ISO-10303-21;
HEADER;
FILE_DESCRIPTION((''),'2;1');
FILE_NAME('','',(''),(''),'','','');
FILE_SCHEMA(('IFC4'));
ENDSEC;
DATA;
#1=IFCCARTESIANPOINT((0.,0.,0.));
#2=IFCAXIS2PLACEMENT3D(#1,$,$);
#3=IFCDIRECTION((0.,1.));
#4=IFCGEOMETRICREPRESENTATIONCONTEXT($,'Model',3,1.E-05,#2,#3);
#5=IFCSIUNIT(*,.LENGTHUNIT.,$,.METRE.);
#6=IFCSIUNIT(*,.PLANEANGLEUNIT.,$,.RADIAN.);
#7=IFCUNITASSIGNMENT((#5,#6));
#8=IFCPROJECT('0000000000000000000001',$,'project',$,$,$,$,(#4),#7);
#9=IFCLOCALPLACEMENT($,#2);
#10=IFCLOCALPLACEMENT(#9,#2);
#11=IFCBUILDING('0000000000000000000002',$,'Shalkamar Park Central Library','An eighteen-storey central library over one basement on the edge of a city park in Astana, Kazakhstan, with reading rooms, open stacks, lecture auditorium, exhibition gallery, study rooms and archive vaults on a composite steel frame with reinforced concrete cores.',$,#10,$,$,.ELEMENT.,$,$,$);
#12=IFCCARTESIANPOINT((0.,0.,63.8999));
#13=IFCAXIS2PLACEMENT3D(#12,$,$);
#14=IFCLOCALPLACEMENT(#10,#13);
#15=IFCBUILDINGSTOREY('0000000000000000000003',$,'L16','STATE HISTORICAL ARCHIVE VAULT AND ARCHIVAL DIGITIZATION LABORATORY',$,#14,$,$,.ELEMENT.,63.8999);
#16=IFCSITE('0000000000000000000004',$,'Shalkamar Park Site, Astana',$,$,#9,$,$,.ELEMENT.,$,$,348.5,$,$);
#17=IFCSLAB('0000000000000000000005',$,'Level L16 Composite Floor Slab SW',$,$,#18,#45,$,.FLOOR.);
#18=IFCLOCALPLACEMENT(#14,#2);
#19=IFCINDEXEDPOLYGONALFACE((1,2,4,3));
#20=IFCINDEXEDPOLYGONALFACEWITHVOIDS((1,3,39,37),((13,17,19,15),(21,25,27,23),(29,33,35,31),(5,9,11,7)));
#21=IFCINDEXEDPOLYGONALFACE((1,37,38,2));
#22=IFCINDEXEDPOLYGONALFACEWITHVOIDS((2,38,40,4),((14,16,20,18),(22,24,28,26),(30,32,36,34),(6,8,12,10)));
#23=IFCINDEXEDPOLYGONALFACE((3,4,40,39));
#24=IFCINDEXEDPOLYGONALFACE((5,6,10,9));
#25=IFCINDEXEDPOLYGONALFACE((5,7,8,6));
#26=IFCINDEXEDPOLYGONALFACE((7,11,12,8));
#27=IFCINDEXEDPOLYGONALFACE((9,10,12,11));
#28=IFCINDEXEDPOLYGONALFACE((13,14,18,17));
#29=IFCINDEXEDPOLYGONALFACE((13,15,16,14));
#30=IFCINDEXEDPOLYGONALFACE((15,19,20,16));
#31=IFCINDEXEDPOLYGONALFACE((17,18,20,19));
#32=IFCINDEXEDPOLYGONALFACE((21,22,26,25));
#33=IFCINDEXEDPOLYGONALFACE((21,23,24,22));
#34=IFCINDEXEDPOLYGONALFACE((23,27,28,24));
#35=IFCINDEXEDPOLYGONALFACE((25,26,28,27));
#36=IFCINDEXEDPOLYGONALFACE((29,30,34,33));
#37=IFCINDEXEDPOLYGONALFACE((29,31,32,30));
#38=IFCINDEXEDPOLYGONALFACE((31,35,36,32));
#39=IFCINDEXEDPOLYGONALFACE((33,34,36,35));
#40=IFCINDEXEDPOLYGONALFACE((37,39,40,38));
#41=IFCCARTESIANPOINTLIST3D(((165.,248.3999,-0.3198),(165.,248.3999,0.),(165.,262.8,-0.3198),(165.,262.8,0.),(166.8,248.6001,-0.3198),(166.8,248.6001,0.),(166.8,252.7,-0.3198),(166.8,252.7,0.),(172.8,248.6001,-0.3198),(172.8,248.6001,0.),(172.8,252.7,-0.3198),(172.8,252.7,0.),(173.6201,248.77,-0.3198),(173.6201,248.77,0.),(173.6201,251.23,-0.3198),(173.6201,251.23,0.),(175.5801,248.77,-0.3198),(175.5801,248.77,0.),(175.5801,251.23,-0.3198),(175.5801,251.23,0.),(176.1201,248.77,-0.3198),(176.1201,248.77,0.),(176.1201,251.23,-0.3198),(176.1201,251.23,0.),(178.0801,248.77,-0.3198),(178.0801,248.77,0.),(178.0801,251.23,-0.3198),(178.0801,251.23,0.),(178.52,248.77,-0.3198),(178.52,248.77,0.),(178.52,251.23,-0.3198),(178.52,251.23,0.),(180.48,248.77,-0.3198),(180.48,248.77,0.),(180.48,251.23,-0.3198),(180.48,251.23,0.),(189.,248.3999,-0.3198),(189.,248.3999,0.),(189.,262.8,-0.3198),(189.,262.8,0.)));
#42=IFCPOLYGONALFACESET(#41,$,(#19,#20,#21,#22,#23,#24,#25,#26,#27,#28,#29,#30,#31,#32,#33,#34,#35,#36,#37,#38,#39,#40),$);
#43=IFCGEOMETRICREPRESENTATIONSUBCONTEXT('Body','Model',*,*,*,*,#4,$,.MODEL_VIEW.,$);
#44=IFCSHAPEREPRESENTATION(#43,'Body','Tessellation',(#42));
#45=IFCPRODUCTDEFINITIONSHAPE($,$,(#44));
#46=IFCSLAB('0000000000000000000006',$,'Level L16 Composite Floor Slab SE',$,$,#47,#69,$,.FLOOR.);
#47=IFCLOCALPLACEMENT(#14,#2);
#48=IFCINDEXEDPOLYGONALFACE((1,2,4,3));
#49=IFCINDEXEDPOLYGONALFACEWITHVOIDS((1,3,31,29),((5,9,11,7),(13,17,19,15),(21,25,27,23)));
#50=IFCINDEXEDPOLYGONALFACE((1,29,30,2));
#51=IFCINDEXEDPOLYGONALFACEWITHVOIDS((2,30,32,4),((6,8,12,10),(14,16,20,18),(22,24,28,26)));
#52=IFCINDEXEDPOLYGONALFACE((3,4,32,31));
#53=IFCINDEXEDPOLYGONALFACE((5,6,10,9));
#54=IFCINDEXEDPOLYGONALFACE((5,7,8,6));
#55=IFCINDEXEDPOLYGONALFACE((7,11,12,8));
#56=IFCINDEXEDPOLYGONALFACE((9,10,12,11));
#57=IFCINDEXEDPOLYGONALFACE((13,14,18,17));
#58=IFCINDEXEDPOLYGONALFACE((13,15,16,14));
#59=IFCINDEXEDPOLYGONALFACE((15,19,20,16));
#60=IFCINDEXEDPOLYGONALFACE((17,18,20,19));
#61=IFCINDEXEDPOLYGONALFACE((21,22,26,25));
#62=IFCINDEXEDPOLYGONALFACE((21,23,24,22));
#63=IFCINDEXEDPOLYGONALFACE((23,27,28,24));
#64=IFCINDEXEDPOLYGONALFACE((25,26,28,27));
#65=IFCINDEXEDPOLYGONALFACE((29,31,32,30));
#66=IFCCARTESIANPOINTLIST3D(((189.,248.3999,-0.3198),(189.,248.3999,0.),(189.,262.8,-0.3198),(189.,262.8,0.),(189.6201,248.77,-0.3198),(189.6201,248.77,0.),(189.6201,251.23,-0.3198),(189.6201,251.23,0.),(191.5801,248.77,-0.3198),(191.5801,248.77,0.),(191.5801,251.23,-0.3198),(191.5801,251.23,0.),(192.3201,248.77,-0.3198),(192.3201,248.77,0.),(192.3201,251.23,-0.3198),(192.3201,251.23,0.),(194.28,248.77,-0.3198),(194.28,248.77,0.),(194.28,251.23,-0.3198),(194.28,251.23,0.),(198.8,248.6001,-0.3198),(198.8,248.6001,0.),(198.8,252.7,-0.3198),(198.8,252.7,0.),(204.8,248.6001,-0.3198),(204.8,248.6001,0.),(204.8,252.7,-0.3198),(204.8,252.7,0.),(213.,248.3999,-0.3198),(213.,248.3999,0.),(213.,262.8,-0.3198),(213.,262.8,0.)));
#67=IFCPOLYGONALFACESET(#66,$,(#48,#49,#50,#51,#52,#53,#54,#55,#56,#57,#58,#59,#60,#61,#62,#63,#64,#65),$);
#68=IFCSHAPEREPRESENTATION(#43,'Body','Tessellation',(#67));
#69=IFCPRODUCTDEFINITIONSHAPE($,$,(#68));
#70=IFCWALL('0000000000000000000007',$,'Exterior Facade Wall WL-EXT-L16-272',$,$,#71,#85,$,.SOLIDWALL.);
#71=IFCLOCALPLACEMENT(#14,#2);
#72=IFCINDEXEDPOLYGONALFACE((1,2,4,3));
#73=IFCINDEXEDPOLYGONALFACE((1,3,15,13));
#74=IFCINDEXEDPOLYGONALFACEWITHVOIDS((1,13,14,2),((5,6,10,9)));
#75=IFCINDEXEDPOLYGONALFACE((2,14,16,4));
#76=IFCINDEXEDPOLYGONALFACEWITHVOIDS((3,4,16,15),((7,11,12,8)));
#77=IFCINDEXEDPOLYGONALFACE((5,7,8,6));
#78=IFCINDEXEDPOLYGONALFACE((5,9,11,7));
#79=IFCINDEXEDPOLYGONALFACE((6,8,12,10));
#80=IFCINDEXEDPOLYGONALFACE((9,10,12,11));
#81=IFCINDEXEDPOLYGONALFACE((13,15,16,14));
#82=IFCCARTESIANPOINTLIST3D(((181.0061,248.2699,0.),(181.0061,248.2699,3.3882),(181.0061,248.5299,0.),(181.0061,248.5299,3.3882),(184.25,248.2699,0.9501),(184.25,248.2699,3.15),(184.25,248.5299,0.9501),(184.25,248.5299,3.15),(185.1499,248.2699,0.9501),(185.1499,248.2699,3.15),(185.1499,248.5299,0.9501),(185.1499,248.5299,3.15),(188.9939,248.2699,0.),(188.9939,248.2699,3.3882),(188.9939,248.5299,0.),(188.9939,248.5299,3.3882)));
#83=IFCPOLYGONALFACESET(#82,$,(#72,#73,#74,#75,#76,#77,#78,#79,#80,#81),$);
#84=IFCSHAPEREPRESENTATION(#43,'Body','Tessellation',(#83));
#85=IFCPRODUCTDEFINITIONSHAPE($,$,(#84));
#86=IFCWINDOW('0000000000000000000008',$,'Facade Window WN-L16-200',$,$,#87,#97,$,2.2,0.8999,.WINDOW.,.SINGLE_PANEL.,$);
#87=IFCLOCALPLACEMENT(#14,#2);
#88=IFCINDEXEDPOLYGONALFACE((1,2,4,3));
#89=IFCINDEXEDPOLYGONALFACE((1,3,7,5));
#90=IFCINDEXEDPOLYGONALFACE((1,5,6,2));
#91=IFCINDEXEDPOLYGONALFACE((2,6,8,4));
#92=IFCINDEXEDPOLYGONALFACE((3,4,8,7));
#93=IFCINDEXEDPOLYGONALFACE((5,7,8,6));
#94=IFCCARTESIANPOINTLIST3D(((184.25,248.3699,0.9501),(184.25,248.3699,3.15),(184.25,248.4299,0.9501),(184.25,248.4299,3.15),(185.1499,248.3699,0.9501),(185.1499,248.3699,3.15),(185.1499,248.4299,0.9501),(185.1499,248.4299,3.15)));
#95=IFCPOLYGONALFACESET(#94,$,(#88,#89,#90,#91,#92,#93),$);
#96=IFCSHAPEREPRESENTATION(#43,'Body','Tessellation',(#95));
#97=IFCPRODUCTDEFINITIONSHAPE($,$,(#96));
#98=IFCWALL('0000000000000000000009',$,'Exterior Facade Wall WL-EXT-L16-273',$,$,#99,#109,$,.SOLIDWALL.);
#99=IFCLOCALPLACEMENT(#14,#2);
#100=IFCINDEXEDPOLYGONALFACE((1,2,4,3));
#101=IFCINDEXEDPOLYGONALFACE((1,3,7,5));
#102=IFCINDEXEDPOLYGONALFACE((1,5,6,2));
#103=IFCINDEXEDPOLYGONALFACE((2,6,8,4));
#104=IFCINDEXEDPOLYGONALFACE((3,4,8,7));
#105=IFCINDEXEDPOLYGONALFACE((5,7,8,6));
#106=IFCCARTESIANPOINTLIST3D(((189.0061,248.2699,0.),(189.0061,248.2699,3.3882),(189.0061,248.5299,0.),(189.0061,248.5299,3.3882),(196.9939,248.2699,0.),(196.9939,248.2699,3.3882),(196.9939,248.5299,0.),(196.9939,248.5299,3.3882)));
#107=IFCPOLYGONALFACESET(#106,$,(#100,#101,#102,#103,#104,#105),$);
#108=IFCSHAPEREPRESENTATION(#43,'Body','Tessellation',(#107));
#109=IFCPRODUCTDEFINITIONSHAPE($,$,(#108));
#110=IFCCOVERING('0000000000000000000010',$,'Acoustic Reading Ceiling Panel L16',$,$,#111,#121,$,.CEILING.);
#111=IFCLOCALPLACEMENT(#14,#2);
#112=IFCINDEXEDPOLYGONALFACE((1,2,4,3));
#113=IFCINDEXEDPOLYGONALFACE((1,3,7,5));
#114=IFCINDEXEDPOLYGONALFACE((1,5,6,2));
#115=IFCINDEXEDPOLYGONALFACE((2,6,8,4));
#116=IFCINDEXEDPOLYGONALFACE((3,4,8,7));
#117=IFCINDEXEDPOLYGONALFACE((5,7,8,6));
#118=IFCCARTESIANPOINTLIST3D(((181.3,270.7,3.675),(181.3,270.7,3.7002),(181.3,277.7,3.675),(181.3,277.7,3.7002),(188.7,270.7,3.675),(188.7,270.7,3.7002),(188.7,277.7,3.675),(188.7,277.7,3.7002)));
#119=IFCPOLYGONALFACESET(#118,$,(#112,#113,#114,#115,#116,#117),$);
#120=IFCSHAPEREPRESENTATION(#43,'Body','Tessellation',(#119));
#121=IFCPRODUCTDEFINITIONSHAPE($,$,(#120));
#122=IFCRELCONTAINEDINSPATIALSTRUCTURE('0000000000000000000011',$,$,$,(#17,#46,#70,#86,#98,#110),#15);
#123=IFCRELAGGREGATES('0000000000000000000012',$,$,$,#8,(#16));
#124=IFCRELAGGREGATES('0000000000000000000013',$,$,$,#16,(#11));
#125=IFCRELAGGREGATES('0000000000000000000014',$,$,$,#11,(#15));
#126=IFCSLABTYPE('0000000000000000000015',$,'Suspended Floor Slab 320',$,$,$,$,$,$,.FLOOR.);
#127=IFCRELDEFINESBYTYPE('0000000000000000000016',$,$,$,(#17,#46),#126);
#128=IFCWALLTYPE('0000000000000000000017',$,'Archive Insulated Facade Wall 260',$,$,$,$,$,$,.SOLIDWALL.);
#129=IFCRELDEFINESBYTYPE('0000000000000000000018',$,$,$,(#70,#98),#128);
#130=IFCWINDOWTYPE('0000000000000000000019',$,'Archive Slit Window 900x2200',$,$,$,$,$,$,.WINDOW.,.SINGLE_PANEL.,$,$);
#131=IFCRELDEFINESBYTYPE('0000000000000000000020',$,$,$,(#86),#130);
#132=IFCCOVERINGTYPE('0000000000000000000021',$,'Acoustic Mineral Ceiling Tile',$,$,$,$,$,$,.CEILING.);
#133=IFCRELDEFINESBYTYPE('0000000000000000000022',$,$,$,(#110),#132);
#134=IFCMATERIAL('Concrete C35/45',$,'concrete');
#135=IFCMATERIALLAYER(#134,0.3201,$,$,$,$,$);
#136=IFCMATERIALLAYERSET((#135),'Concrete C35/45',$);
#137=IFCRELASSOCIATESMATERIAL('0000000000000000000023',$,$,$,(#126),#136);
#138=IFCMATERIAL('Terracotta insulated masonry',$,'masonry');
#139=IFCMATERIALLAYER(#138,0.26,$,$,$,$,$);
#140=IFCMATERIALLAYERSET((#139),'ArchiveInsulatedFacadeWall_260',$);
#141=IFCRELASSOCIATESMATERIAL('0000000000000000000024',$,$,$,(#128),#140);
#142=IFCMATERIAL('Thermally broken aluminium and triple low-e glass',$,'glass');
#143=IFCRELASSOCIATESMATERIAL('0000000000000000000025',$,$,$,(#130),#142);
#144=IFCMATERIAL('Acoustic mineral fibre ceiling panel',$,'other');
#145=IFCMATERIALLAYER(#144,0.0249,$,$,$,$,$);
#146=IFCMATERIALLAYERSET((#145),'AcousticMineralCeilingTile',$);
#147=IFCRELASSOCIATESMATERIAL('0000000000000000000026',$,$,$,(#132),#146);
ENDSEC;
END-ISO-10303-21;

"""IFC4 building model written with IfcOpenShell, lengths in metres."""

from ifc_helpers import new_model, si_unit, direction, frame, frame_2d, origin, place, context, subcontext, project, spatial, polyline, rectangle, outline, extrude, material, layer, layer_set, type_object, element, fill, save


model = new_model("IFC4")

# Units and contexts
model_context = context("Model", 3, precision=1e-05, world=origin(), true_north=direction((0.0, 1.0)))
body_context = subcontext(model_context, "Body", "Model", "MODEL_VIEW")
ifc_project = project(units=[si_unit("LENGTHUNIT", "METRE"), si_unit("PLANEANGLEUNIT", "RADIAN")], contexts=[model_context])

# Site, building, storey
site_placement = place(None, origin())
site = spatial("IfcSite", under=ifc_project, at=site_placement, Name="Shalkamar Park Site, Astana", CompositionType="ELEMENT", RefElevation=348.5)
building_placement = place(site_placement, origin())
building = spatial("IfcBuilding", under=site, at=building_placement, Name="Shalkamar Park Central Library", Description="An eighteen-storey central library over one basement on the edge of a city park in Astana, Kazakhstan, with reading rooms, open stacks, lecture auditorium, exhibition gallery, study rooms and archive vaults on a composite steel frame with reinforced concrete cores.", CompositionType="ELEMENT")
storey_placement = place(building_placement, frame((0.0, 0.0, 63.8999)))
storey = spatial("IfcBuildingStorey", under=building, at=storey_placement, Name="L16", Description="STATE HISTORICAL ARCHIVE VAULT AND ARCHIVAL DIGITIZATION LABORATORY", CompositionType="ELEMENT", Elevation=63.8999)

# Shared definitions
ifc_material_1 = material(Name="Concrete C35/45", Category="concrete")

# Slabs
ifc_layer_1 = layer(ifc_material_1, 0.3201)
ifc_layer_set_1 = layer_set([ifc_layer_1], Name="Concrete C35/45")
slab_type_1 = type_object("IfcSlabType", Name="Suspended Floor Slab 320", PredefinedType="FLOOR", material=ifc_layer_set_1)
slab_1_placement = place(storey_placement, frame((0.0, 0.0, -0.3198)))
element("IfcSlab", 1, at=slab_1_placement, inside=storey, type_object=slab_type_1, Name="Level L16 Composite Floor Slab SW", PredefinedType="FLOOR", context=body_context, shape_type="SweptSolid", body=[
    extrude(outline(polyline([(165.0, 248.3999), (165.0, 262.8), (189.0, 262.8), (189.0, 248.3999), (165.0, 248.3999)]), holes=[polyline([(173.6201, 248.77), (175.5801, 248.77), (175.5801, 251.23), (173.6201, 251.23), (173.6201, 248.77)]), polyline([(176.1201, 251.23), (176.1201, 248.77), (178.0801, 248.77), (178.0801, 251.23), (176.1201, 251.23)]), polyline([(178.52, 251.23), (178.52, 248.77), (180.48, 248.77), (180.48, 251.23), (178.52, 251.23)]), polyline([(166.8, 252.7), (166.8, 248.6001), (172.8, 248.6001), (172.8, 252.7), (166.8, 252.7)])]), origin(), (0.0, 0.0, 1.0), 0.3198),
])
slab_2_placement = place(storey_placement, frame((0.0, 0.0, -0.3198)))
element("IfcSlab", 2, at=slab_2_placement, inside=storey, type_object=slab_type_1, Name="Level L16 Composite Floor Slab SE", PredefinedType="FLOOR", context=body_context, shape_type="SweptSolid", body=[
    extrude(outline(polyline([(189.0, 248.3999), (189.0, 262.8), (213.0, 262.8), (213.0, 248.3999), (189.0, 248.3999)]), holes=[polyline([(189.6201, 251.23), (189.6201, 248.77), (191.5801, 248.77), (191.5801, 251.23), (189.6201, 251.23)]), polyline([(192.3201, 251.23), (192.3201, 248.77), (194.28, 248.77), (194.28, 251.23), (192.3201, 251.23)]), polyline([(198.8, 252.7), (198.8, 248.6001), (204.8, 248.6001), (204.8, 252.7), (198.8, 252.7)])]), origin(), (0.0, 0.0, 1.0), 0.3198),
])

# Wall, opening, window
ifc_material_2 = material(Name="Terracotta insulated masonry", Category="masonry")
ifc_layer_2 = layer(ifc_material_2, 0.26)
ifc_layer_set_2 = layer_set([ifc_layer_2], Name="ArchiveInsulatedFacadeWall_260")
wall_type = type_object("IfcWallType", Name="Archive Insulated Facade Wall 260", PredefinedType="SOLIDWALL", material=ifc_layer_set_2)
wall_1_placement = place(storey_placement, frame((181.0061, 248.3999, 0.0), z_axis=(0.0, 0.0, 1.0), x_axis=(1.0, 0.0, 0.0)))
wall_1 = element("IfcWall", 3, at=wall_1_placement, inside=storey, type_object=wall_type, Name="Exterior Facade Wall WL-EXT-L16-272", PredefinedType="SOLIDWALL", context=body_context, shape_type="SweptSolid", body=[
    extrude(rectangle(XDim=7.9878, YDim=0.26, at=frame_2d((3.9939, 0.0))), origin(), (0.0, 0.0, 1.0), 3.3882),
])
opening_placement = place(wall_1_placement, frame((3.2439, 0.0, 0.95)))
opening = element("IfcOpeningElement", 4, at=opening_placement, cuts=wall_1, PredefinedType="OPENING", context=body_context, shape_type="SweptSolid", body=[
    extrude(rectangle(XDim=0.8999, YDim=2.2, at=frame_2d((0.45, 1.1001))), frame((0.0, 0.145, 0.0), z_axis=(0.0, -1.0, 0.0), x_axis=(1.0, 0.0, 0.0)), (0.0, 0.0, 1.0), 0.2898),
])
ifc_material_3 = material(Name="Thermally broken aluminium and triple low-e glass", Category="glass")
window_type = type_object("IfcWindowType", Name="Archive Slit Window 900x2200", PartitioningType="SINGLE_PANEL", PredefinedType="WINDOW", material=ifc_material_3)
window_placement = place(opening_placement, origin())
window = element("IfcWindow", 5, at=window_placement, inside=storey, type_object=window_type, Name="Facade Window WN-L16-200", OverallHeight=2.2, OverallWidth=0.8999, PartitioningType="SINGLE_PANEL", PredefinedType="WINDOW", context=body_context, shape_type="SweptSolid", body=[
    extrude(rectangle(XDim=0.8999, YDim=2.2, at=frame_2d((0.45, 1.1001))), frame((0.0, 0.03, 0.0), z_axis=(0.0, -1.0, 0.0), x_axis=(1.0, 0.0, 0.0)), (0.0, 0.0, 1.0), 0.0601),
])
fill(opening, window)

# Wall
wall_2_placement = place(storey_placement, frame((189.0061, 248.3999, 0.0), z_axis=(0.0, 0.0, 1.0), x_axis=(1.0, 0.0, 0.0)))
element("IfcWall", 6, at=wall_2_placement, inside=storey, type_object=wall_type, Name="Exterior Facade Wall WL-EXT-L16-273", PredefinedType="SOLIDWALL", context=body_context, shape_type="SweptSolid", body=[
    extrude(rectangle(XDim=7.9878, YDim=0.26, at=frame_2d((3.9939, 0.0))), origin(), (0.0, 0.0, 1.0), 3.3882),
])

# Covering
ifc_material_4 = material(Name="Acoustic mineral fibre ceiling panel", Category="other")
ifc_layer_3 = layer(ifc_material_4, 0.0249)
ifc_layer_set_3 = layer_set([ifc_layer_3], Name="AcousticMineralCeilingTile")
covering_type = type_object("IfcCoveringType", Name="Acoustic Mineral Ceiling Tile", PredefinedType="CEILING", material=ifc_layer_set_3)
covering_placement = place(storey_placement, frame((0.0, 0.0, 3.675)))
element("IfcCovering", 7, at=covering_placement, inside=storey, type_object=covering_type, Name="Acoustic Reading Ceiling Panel L16", PredefinedType="CEILING", context=body_context, shape_type="SweptSolid", body=[
    extrude(outline(polyline([(181.3, 270.7), (188.7, 270.7), (188.7, 277.7), (181.3, 277.7), (181.3, 270.7)])), origin(), (0.0, 0.0, 1.0), 0.0251),
])

save(model, "model.ifc")
